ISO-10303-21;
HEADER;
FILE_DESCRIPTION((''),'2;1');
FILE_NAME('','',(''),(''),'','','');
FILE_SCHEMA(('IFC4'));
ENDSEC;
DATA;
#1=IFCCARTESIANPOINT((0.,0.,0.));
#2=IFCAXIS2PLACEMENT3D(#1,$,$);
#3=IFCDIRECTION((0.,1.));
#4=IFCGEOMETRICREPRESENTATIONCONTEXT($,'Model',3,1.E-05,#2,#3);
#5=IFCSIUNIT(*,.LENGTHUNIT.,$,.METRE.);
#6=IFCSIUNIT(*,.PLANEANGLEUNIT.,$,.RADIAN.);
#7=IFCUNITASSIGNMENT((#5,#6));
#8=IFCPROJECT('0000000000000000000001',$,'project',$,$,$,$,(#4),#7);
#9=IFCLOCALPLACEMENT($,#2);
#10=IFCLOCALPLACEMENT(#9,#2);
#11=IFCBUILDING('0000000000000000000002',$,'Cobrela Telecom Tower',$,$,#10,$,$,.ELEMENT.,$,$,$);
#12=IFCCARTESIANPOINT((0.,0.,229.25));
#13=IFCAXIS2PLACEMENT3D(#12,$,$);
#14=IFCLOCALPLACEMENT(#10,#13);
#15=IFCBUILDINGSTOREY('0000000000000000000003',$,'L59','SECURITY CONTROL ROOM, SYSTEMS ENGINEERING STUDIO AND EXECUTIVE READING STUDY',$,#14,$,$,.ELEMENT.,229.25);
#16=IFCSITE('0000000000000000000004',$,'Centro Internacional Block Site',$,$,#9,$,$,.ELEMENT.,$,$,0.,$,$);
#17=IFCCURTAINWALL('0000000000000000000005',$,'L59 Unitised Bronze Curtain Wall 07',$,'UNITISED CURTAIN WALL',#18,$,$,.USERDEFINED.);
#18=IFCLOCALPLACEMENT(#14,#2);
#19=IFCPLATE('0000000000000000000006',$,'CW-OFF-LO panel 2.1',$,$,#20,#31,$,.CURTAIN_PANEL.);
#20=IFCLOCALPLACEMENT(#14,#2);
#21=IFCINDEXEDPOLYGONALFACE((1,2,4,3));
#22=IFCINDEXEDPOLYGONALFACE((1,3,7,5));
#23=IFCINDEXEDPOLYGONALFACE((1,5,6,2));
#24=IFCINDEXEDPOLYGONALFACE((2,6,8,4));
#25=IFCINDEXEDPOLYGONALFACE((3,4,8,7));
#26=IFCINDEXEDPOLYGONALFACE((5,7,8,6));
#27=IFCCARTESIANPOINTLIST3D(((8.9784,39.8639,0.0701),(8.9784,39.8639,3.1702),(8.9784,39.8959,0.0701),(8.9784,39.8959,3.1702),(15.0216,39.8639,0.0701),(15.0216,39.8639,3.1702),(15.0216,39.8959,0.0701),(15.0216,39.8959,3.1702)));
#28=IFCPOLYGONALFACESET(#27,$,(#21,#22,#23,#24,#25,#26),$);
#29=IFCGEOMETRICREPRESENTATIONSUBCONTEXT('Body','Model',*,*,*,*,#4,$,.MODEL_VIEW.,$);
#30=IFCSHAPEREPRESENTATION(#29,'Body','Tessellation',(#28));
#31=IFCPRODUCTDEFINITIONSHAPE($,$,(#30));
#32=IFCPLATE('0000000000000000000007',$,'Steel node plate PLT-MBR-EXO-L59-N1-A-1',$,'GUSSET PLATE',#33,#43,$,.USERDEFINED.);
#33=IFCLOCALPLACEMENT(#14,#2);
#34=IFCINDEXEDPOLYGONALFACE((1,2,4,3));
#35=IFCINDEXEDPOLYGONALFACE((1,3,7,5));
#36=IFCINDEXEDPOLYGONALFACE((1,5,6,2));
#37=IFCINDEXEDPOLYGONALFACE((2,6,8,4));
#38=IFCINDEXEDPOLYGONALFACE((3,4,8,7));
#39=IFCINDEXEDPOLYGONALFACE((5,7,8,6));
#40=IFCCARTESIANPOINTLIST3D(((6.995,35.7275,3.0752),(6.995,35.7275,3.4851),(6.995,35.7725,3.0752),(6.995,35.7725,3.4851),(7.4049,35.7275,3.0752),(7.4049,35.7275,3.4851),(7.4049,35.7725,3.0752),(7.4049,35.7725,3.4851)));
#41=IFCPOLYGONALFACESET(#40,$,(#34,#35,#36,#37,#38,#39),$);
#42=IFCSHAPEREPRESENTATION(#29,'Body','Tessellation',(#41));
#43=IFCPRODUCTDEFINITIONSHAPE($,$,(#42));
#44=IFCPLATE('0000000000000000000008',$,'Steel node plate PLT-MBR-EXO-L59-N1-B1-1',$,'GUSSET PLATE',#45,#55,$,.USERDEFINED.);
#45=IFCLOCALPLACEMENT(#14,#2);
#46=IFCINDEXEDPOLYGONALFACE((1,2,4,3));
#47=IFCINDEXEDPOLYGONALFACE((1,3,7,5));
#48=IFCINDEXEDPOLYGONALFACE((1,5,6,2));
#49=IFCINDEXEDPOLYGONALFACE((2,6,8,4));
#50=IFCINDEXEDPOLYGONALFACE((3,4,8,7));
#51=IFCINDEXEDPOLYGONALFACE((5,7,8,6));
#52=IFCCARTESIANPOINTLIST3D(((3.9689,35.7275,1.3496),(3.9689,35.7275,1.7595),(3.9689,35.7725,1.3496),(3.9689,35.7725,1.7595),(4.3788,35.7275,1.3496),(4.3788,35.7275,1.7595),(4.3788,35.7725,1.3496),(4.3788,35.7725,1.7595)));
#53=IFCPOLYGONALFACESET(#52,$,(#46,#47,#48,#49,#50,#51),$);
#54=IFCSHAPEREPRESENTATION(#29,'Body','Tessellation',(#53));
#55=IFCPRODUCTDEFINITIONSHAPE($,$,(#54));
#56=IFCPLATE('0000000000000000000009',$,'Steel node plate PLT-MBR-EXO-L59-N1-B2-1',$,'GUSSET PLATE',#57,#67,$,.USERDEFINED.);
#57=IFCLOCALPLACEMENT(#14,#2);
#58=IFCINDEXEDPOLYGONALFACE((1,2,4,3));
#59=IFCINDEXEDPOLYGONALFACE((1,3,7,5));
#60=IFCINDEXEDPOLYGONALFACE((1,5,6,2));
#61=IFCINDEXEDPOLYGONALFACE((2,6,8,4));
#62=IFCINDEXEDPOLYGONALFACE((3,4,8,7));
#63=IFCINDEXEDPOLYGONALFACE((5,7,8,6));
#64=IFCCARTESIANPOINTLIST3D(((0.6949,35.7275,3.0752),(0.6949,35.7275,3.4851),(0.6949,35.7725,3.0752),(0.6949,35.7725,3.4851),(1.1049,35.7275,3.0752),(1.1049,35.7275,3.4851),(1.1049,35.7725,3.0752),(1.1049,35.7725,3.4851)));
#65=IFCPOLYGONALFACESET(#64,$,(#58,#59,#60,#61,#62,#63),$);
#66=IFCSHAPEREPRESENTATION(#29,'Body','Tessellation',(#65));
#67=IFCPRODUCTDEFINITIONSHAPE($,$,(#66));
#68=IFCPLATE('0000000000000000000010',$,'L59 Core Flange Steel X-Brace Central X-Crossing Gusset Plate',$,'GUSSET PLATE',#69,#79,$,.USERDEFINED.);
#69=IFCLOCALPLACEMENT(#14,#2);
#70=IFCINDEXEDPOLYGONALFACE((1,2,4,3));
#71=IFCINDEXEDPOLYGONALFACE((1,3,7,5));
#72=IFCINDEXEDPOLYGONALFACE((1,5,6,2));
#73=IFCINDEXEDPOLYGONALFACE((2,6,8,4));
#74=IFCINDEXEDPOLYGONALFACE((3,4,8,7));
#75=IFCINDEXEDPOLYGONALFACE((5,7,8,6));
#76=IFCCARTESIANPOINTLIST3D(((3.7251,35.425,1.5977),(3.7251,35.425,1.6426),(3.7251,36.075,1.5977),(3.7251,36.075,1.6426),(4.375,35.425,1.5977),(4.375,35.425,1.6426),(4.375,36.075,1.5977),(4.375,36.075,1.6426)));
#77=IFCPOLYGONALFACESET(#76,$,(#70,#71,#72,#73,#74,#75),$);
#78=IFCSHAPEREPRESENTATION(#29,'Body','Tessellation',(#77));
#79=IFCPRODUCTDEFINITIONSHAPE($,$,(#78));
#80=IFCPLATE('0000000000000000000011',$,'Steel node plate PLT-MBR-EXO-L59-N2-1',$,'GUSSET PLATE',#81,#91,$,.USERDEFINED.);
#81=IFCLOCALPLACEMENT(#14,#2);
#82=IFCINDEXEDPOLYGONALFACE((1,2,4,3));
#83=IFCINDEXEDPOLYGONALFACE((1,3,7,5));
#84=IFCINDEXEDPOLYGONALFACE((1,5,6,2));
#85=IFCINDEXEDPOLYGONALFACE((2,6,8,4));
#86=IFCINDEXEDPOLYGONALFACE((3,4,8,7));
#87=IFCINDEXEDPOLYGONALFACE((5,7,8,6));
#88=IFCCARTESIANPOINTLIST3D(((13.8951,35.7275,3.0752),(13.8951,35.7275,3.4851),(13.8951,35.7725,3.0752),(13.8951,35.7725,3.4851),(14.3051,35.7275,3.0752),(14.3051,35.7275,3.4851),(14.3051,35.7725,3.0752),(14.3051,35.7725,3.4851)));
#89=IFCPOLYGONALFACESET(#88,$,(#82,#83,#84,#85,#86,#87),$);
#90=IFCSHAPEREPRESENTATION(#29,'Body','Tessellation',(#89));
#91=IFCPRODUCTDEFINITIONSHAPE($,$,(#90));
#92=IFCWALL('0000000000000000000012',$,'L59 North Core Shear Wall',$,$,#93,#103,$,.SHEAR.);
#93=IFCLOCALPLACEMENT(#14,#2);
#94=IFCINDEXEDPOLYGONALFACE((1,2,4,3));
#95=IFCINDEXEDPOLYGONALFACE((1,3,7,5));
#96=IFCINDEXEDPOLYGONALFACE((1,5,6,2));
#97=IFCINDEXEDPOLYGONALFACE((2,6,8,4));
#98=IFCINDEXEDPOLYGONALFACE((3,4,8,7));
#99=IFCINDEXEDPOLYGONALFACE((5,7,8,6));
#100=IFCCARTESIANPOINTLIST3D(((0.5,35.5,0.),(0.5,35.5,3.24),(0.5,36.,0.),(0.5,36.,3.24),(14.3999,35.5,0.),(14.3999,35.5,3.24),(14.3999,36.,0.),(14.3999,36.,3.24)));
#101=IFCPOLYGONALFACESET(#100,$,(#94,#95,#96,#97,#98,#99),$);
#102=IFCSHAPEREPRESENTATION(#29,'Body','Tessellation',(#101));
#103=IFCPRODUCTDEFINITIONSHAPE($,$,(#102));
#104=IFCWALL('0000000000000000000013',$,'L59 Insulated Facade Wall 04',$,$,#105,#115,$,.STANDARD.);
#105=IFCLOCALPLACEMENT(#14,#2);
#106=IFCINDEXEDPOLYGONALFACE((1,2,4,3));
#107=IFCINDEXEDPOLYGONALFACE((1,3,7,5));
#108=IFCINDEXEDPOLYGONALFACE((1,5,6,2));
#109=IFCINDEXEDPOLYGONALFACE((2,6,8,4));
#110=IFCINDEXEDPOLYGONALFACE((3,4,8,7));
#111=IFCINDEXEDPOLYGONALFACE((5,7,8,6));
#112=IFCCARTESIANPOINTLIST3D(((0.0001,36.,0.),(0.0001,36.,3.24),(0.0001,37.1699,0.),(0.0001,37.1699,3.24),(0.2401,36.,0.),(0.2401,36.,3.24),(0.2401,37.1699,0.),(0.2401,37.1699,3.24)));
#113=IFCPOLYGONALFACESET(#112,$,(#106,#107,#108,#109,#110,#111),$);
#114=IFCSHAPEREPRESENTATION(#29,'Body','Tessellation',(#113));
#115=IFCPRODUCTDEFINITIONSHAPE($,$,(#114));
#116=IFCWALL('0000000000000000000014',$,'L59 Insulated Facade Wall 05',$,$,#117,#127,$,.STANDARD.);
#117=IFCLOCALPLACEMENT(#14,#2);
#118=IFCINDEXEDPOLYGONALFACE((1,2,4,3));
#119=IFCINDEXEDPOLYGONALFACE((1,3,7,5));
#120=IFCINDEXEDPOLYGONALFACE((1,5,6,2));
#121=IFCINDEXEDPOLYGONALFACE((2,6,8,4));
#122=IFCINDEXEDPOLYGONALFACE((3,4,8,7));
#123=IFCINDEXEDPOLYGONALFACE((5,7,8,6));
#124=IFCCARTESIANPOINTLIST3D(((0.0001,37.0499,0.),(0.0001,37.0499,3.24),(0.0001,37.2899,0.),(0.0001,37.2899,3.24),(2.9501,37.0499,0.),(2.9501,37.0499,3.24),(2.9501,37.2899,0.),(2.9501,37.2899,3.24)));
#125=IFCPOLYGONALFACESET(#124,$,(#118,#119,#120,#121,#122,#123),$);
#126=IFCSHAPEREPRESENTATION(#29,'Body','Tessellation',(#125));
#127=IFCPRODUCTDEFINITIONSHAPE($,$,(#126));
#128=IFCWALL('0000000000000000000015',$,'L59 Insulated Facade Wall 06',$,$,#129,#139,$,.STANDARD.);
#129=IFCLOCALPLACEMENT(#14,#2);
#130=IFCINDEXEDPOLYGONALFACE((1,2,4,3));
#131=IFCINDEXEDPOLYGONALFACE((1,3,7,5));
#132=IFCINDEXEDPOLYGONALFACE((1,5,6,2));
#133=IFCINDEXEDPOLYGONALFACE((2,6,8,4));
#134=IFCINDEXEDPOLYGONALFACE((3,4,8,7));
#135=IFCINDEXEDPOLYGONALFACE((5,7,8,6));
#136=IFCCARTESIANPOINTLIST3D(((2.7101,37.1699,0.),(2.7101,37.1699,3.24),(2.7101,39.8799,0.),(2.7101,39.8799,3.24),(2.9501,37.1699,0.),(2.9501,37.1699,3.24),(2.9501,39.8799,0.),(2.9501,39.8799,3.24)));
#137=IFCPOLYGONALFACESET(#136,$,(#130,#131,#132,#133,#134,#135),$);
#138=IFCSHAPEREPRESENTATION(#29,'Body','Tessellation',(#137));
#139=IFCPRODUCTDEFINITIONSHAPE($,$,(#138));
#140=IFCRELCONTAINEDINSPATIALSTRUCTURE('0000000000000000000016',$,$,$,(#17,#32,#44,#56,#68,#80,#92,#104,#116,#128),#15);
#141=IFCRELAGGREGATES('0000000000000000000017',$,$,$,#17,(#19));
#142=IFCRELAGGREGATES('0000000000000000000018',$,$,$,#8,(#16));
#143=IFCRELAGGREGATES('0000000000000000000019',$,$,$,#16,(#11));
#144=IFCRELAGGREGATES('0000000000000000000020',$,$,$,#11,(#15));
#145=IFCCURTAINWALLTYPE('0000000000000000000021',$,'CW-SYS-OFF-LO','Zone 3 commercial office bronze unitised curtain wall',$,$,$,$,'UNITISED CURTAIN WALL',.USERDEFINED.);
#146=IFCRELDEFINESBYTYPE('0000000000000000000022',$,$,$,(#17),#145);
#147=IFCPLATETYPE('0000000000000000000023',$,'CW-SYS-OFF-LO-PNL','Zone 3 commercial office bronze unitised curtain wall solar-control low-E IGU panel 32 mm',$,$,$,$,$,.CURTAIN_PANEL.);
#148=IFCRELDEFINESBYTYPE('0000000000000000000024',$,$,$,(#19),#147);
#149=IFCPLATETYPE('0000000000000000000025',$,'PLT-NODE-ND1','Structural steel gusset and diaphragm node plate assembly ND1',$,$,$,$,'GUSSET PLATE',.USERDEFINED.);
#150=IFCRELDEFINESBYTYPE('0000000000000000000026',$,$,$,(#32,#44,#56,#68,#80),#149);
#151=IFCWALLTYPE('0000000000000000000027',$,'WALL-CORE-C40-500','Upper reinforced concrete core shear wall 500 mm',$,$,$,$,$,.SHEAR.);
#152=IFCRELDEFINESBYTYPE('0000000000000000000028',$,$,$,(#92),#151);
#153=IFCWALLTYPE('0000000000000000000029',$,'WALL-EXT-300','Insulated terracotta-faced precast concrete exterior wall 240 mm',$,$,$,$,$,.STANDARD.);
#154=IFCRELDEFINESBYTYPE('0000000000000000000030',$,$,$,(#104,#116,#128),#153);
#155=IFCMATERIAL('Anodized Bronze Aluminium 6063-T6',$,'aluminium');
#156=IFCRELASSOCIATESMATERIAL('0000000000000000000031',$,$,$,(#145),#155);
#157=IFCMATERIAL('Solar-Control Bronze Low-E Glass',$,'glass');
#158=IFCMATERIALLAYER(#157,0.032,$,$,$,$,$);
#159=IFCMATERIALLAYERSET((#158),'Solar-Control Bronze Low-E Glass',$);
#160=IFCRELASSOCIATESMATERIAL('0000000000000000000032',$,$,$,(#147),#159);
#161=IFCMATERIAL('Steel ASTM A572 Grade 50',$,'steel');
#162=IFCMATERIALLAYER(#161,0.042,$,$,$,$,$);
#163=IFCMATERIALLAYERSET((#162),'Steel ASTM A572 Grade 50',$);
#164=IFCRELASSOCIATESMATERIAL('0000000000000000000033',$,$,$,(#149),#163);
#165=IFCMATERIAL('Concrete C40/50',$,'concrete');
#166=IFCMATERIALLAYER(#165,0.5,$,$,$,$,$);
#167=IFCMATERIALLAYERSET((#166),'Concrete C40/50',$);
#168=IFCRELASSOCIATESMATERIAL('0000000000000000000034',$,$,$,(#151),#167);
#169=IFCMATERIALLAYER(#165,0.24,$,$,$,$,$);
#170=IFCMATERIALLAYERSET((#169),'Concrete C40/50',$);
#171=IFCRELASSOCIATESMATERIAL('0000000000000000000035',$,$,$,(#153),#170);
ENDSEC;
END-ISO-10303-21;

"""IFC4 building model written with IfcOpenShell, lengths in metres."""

from ifc_helpers import new_model, si_unit, direction, frame, frame_2d, origin, origin_2d, place, context, subcontext, project, spatial, rectangle, extrude, material, layer, layer_set, type_object, element, aggregate, save


model = new_model("IFC4")

# Units and contexts
model_context = context("Model", 3, precision=1e-05, world=origin(), true_north=direction((0.0, 1.0)))
body_context = subcontext(model_context, "Body", "Model", "MODEL_VIEW")
ifc_project = project(units=[si_unit("LENGTHUNIT", "METRE"), si_unit("PLANEANGLEUNIT", "RADIAN")], contexts=[model_context])

# Site, building, storey
site_placement = place(None, origin())
site = spatial("IfcSite", under=ifc_project, at=site_placement, Name="Centro Internacional Block Site", CompositionType="ELEMENT", RefElevation=0.0)
building_placement = place(site_placement, origin())
building = spatial("IfcBuilding", under=site, at=building_placement, Name="Cobrela Telecom Tower", CompositionType="ELEMENT")
storey_placement = place(building_placement, frame((0.0, 0.0, 229.25)))
storey = spatial("IfcBuildingStorey", under=building, at=storey_placement, Name="L59", Description="SECURITY CONTROL ROOM, SYSTEMS ENGINEERING STUDIO AND EXECUTIVE READING STUDY", CompositionType="ELEMENT", Elevation=229.25)

# Shared definitions
ifc_material_1 = material(Name="Steel ASTM A572 Grade 50", Category="steel")

# Curtain wall
ifc_material_2 = material(Name="Anodized Bronze Aluminium 6063-T6", Category="aluminium")
curtain_wall_type = type_object("IfcCurtainWallType", Name="CW-SYS-OFF-LO", Description="Zone 3 commercial office bronze unitised curtain wall", ElementType="UNITISED CURTAIN WALL", PredefinedType="USERDEFINED", material=ifc_material_2)
curtain_wall_placement = place(storey_placement, origin())
curtain_wall = element("IfcCurtainWall", 1, at=curtain_wall_placement, inside=storey, type_object=curtain_wall_type, Name="L59 Unitised Bronze Curtain Wall 07", ObjectType="UNITISED CURTAIN WALL", PredefinedType="USERDEFINED")

# Plate
ifc_material_3 = material(Name="Solar-Control Bronze Low-E Glass", Category="glass")
ifc_layer_1 = layer(ifc_material_3, 0.032)
ifc_layer_set_1 = layer_set([ifc_layer_1], Name="Solar-Control Bronze Low-E Glass")
plate_type_1 = type_object("IfcPlateType", Name="CW-SYS-OFF-LO-PNL", Description="Zone 3 commercial office bronze unitised curtain wall solar-control low-E IGU panel 32 mm", PredefinedType="CURTAIN_PANEL", material=ifc_layer_set_1)
plate_1_placement = place(storey_placement, frame((12.0, 39.8799, 0.0701), z_axis=(0.0, 0.0, 1.0), x_axis=(1.0, 0.0, 0.0)))
plate_1 = element("IfcPlate", 2, at=plate_1_placement, type_object=plate_type_1, Name="CW-OFF-LO panel 2.1", PredefinedType="CURTAIN_PANEL", context=body_context, shape_type="SweptSolid", body=[
    extrude(rectangle(XDim=6.0432, YDim=0.032, at=origin_2d()), origin(), (0.0, 0.0, 1.0), 3.1001),
])
aggregate(curtain_wall, [plate_1])

# Plates
ifc_layer_2 = layer(ifc_material_1, 0.042)
ifc_layer_set_2 = layer_set([ifc_layer_2], Name="Steel ASTM A572 Grade 50")
plate_type_2 = type_object("IfcPlateType", Name="PLT-NODE-ND1", Description="Structural steel gusset and diaphragm node plate assembly ND1", ElementType="GUSSET PLATE", PredefinedType="USERDEFINED", material=ifc_layer_set_2)
for number, where, z_axis, x_axis, name in (
    (3, (7.2, 35.75, 3.0752), (0.0, 0.0, 1.0), (1.0, 0.0, 0.0), "Steel node plate PLT-MBR-EXO-L59-N1-A-1"),
    (4, (4.1738, 35.75, 1.3496), (0.0, 0.0, 1.0), (-1.0, 0.0, 0.0), "Steel node plate PLT-MBR-EXO-L59-N1-B1-1"),
    (5, (0.8999, 35.75, 3.0752), (0.0, 0.0, 1.0), (-1.0, 0.0, 0.0), "Steel node plate PLT-MBR-EXO-L59-N1-B2-1"),
):
    element("IfcPlate", number, at=place(storey_placement, frame(where, z_axis=z_axis, x_axis=x_axis)), inside=storey, type_object=plate_type_2, Name=name, ObjectType="GUSSET PLATE", PredefinedType="USERDEFINED", context=body_context, shape_type="SweptSolid", body=[
        extrude(rectangle(XDim=0.4099, YDim=0.0449, at=origin_2d()), origin(), (0.0, 0.0, 1.0), 0.4099),
    ])
plate_2_placement = place(storey_placement, frame((4.05, 35.75, 1.5977), z_axis=(0.0, 0.0, 1.0), x_axis=(1.0, 0.0, 0.0)))
element("IfcPlate", 6, at=plate_2_placement, inside=storey, type_object=plate_type_2, Name="L59 Core Flange Steel X-Brace Central X-Crossing Gusset Plate", ObjectType="GUSSET PLATE", PredefinedType="USERDEFINED", context=body_context, shape_type="SweptSolid", body=[
    extrude(rectangle(XDim=0.6499, YDim=0.6499, at=origin_2d()), origin(), (0.0, 0.0, 1.0), 0.0449),
])
plate_3_placement = place(storey_placement, frame((14.1001, 35.75, 3.0752), z_axis=(0.0, 0.0, 1.0), x_axis=(1.0, 0.0, 0.0)))
element("IfcPlate", 7, at=plate_3_placement, inside=storey, type_object=plate_type_2, Name="Steel node plate PLT-MBR-EXO-L59-N2-1", ObjectType="GUSSET PLATE", PredefinedType="USERDEFINED", context=body_context, shape_type="SweptSolid", body=[
    extrude(rectangle(XDim=0.4099, YDim=0.0449, at=origin_2d()), origin(), (0.0, 0.0, 1.0), 0.4099),
])

# Walls
ifc_material_4 = material(Name="Concrete C40/50", Category="concrete")
ifc_layer_3 = layer(ifc_material_4, 0.5)
ifc_layer_set_3 = layer_set([ifc_layer_3], Name="Concrete C40/50")
wall_type_1 = type_object("IfcWallType", Name="WALL-CORE-C40-500", Description="Upper reinforced concrete core shear wall 500 mm", PredefinedType="SHEAR", material=ifc_layer_set_3)
wall_1_placement = place(storey_placement, frame((0.5, 35.75, 0.0), z_axis=(0.0, 0.0, 1.0), x_axis=(1.0, 0.0, 0.0)))
element("IfcWall", 8, at=wall_1_placement, inside=storey, type_object=wall_type_1, Name="L59 North Core Shear Wall", PredefinedType="SHEAR", context=body_context, shape_type="SweptSolid", body=[
    extrude(rectangle(XDim=13.8999, YDim=0.5, at=frame_2d((6.95, 0.0))), origin(), (0.0, 0.0, 1.0), 3.24),
])
ifc_layer_4 = layer(ifc_material_4, 0.24)
ifc_layer_set_4 = layer_set([ifc_layer_4], Name="Concrete C40/50")
wall_type_2 = type_object("IfcWallType", Name="WALL-EXT-300", Description="Insulated terracotta-faced precast concrete exterior wall 240 mm", PredefinedType="STANDARD", material=ifc_layer_set_4)
wall_2_placement = place(storey_placement, frame((0.1201, 36.0, 0.0), z_axis=(0.0, 0.0, 1.0), x_axis=(0.0, 1.0, 0.0)))
element("IfcWall", 9, at=wall_2_placement, inside=storey, type_object=wall_type_2, Name="L59 Insulated Facade Wall 04", PredefinedType="STANDARD", context=body_context, shape_type="SweptSolid", body=[
    extrude(rectangle(XDim=1.1699, YDim=0.24, at=frame_2d((0.585, 0.0))), origin(), (0.0, 0.0, 1.0), 3.24),
])
wall_3_placement = place(storey_placement, frame((0.0, 37.1699, 0.0), z_axis=(0.0, 0.0, 1.0), x_axis=(1.0, 0.0, 0.0)))
element("IfcWall", 10, at=wall_3_placement, inside=storey, type_object=wall_type_2, Name="L59 Insulated Facade Wall 05", PredefinedType="STANDARD", context=body_context, shape_type="SweptSolid", body=[
    extrude(rectangle(XDim=2.95, YDim=0.24, at=frame_2d((1.4751, 0.0))), origin(), (0.0, 0.0, 1.0), 3.24),
])
wall_4_placement = place(storey_placement, frame((2.8301, 37.1699, 0.0), z_axis=(0.0, 0.0, 1.0), x_axis=(0.0, 1.0, 0.0)))
element("IfcWall", 11, at=wall_4_placement, inside=storey, type_object=wall_type_2, Name="L59 Insulated Facade Wall 06", PredefinedType="STANDARD", context=body_context, shape_type="SweptSolid", body=[
    extrude(rectangle(XDim=2.71, YDim=0.24, at=frame_2d((1.355, 0.0))), origin(), (0.0, 0.0, 1.0), 3.24),
])

save(model, "model.ifc")
